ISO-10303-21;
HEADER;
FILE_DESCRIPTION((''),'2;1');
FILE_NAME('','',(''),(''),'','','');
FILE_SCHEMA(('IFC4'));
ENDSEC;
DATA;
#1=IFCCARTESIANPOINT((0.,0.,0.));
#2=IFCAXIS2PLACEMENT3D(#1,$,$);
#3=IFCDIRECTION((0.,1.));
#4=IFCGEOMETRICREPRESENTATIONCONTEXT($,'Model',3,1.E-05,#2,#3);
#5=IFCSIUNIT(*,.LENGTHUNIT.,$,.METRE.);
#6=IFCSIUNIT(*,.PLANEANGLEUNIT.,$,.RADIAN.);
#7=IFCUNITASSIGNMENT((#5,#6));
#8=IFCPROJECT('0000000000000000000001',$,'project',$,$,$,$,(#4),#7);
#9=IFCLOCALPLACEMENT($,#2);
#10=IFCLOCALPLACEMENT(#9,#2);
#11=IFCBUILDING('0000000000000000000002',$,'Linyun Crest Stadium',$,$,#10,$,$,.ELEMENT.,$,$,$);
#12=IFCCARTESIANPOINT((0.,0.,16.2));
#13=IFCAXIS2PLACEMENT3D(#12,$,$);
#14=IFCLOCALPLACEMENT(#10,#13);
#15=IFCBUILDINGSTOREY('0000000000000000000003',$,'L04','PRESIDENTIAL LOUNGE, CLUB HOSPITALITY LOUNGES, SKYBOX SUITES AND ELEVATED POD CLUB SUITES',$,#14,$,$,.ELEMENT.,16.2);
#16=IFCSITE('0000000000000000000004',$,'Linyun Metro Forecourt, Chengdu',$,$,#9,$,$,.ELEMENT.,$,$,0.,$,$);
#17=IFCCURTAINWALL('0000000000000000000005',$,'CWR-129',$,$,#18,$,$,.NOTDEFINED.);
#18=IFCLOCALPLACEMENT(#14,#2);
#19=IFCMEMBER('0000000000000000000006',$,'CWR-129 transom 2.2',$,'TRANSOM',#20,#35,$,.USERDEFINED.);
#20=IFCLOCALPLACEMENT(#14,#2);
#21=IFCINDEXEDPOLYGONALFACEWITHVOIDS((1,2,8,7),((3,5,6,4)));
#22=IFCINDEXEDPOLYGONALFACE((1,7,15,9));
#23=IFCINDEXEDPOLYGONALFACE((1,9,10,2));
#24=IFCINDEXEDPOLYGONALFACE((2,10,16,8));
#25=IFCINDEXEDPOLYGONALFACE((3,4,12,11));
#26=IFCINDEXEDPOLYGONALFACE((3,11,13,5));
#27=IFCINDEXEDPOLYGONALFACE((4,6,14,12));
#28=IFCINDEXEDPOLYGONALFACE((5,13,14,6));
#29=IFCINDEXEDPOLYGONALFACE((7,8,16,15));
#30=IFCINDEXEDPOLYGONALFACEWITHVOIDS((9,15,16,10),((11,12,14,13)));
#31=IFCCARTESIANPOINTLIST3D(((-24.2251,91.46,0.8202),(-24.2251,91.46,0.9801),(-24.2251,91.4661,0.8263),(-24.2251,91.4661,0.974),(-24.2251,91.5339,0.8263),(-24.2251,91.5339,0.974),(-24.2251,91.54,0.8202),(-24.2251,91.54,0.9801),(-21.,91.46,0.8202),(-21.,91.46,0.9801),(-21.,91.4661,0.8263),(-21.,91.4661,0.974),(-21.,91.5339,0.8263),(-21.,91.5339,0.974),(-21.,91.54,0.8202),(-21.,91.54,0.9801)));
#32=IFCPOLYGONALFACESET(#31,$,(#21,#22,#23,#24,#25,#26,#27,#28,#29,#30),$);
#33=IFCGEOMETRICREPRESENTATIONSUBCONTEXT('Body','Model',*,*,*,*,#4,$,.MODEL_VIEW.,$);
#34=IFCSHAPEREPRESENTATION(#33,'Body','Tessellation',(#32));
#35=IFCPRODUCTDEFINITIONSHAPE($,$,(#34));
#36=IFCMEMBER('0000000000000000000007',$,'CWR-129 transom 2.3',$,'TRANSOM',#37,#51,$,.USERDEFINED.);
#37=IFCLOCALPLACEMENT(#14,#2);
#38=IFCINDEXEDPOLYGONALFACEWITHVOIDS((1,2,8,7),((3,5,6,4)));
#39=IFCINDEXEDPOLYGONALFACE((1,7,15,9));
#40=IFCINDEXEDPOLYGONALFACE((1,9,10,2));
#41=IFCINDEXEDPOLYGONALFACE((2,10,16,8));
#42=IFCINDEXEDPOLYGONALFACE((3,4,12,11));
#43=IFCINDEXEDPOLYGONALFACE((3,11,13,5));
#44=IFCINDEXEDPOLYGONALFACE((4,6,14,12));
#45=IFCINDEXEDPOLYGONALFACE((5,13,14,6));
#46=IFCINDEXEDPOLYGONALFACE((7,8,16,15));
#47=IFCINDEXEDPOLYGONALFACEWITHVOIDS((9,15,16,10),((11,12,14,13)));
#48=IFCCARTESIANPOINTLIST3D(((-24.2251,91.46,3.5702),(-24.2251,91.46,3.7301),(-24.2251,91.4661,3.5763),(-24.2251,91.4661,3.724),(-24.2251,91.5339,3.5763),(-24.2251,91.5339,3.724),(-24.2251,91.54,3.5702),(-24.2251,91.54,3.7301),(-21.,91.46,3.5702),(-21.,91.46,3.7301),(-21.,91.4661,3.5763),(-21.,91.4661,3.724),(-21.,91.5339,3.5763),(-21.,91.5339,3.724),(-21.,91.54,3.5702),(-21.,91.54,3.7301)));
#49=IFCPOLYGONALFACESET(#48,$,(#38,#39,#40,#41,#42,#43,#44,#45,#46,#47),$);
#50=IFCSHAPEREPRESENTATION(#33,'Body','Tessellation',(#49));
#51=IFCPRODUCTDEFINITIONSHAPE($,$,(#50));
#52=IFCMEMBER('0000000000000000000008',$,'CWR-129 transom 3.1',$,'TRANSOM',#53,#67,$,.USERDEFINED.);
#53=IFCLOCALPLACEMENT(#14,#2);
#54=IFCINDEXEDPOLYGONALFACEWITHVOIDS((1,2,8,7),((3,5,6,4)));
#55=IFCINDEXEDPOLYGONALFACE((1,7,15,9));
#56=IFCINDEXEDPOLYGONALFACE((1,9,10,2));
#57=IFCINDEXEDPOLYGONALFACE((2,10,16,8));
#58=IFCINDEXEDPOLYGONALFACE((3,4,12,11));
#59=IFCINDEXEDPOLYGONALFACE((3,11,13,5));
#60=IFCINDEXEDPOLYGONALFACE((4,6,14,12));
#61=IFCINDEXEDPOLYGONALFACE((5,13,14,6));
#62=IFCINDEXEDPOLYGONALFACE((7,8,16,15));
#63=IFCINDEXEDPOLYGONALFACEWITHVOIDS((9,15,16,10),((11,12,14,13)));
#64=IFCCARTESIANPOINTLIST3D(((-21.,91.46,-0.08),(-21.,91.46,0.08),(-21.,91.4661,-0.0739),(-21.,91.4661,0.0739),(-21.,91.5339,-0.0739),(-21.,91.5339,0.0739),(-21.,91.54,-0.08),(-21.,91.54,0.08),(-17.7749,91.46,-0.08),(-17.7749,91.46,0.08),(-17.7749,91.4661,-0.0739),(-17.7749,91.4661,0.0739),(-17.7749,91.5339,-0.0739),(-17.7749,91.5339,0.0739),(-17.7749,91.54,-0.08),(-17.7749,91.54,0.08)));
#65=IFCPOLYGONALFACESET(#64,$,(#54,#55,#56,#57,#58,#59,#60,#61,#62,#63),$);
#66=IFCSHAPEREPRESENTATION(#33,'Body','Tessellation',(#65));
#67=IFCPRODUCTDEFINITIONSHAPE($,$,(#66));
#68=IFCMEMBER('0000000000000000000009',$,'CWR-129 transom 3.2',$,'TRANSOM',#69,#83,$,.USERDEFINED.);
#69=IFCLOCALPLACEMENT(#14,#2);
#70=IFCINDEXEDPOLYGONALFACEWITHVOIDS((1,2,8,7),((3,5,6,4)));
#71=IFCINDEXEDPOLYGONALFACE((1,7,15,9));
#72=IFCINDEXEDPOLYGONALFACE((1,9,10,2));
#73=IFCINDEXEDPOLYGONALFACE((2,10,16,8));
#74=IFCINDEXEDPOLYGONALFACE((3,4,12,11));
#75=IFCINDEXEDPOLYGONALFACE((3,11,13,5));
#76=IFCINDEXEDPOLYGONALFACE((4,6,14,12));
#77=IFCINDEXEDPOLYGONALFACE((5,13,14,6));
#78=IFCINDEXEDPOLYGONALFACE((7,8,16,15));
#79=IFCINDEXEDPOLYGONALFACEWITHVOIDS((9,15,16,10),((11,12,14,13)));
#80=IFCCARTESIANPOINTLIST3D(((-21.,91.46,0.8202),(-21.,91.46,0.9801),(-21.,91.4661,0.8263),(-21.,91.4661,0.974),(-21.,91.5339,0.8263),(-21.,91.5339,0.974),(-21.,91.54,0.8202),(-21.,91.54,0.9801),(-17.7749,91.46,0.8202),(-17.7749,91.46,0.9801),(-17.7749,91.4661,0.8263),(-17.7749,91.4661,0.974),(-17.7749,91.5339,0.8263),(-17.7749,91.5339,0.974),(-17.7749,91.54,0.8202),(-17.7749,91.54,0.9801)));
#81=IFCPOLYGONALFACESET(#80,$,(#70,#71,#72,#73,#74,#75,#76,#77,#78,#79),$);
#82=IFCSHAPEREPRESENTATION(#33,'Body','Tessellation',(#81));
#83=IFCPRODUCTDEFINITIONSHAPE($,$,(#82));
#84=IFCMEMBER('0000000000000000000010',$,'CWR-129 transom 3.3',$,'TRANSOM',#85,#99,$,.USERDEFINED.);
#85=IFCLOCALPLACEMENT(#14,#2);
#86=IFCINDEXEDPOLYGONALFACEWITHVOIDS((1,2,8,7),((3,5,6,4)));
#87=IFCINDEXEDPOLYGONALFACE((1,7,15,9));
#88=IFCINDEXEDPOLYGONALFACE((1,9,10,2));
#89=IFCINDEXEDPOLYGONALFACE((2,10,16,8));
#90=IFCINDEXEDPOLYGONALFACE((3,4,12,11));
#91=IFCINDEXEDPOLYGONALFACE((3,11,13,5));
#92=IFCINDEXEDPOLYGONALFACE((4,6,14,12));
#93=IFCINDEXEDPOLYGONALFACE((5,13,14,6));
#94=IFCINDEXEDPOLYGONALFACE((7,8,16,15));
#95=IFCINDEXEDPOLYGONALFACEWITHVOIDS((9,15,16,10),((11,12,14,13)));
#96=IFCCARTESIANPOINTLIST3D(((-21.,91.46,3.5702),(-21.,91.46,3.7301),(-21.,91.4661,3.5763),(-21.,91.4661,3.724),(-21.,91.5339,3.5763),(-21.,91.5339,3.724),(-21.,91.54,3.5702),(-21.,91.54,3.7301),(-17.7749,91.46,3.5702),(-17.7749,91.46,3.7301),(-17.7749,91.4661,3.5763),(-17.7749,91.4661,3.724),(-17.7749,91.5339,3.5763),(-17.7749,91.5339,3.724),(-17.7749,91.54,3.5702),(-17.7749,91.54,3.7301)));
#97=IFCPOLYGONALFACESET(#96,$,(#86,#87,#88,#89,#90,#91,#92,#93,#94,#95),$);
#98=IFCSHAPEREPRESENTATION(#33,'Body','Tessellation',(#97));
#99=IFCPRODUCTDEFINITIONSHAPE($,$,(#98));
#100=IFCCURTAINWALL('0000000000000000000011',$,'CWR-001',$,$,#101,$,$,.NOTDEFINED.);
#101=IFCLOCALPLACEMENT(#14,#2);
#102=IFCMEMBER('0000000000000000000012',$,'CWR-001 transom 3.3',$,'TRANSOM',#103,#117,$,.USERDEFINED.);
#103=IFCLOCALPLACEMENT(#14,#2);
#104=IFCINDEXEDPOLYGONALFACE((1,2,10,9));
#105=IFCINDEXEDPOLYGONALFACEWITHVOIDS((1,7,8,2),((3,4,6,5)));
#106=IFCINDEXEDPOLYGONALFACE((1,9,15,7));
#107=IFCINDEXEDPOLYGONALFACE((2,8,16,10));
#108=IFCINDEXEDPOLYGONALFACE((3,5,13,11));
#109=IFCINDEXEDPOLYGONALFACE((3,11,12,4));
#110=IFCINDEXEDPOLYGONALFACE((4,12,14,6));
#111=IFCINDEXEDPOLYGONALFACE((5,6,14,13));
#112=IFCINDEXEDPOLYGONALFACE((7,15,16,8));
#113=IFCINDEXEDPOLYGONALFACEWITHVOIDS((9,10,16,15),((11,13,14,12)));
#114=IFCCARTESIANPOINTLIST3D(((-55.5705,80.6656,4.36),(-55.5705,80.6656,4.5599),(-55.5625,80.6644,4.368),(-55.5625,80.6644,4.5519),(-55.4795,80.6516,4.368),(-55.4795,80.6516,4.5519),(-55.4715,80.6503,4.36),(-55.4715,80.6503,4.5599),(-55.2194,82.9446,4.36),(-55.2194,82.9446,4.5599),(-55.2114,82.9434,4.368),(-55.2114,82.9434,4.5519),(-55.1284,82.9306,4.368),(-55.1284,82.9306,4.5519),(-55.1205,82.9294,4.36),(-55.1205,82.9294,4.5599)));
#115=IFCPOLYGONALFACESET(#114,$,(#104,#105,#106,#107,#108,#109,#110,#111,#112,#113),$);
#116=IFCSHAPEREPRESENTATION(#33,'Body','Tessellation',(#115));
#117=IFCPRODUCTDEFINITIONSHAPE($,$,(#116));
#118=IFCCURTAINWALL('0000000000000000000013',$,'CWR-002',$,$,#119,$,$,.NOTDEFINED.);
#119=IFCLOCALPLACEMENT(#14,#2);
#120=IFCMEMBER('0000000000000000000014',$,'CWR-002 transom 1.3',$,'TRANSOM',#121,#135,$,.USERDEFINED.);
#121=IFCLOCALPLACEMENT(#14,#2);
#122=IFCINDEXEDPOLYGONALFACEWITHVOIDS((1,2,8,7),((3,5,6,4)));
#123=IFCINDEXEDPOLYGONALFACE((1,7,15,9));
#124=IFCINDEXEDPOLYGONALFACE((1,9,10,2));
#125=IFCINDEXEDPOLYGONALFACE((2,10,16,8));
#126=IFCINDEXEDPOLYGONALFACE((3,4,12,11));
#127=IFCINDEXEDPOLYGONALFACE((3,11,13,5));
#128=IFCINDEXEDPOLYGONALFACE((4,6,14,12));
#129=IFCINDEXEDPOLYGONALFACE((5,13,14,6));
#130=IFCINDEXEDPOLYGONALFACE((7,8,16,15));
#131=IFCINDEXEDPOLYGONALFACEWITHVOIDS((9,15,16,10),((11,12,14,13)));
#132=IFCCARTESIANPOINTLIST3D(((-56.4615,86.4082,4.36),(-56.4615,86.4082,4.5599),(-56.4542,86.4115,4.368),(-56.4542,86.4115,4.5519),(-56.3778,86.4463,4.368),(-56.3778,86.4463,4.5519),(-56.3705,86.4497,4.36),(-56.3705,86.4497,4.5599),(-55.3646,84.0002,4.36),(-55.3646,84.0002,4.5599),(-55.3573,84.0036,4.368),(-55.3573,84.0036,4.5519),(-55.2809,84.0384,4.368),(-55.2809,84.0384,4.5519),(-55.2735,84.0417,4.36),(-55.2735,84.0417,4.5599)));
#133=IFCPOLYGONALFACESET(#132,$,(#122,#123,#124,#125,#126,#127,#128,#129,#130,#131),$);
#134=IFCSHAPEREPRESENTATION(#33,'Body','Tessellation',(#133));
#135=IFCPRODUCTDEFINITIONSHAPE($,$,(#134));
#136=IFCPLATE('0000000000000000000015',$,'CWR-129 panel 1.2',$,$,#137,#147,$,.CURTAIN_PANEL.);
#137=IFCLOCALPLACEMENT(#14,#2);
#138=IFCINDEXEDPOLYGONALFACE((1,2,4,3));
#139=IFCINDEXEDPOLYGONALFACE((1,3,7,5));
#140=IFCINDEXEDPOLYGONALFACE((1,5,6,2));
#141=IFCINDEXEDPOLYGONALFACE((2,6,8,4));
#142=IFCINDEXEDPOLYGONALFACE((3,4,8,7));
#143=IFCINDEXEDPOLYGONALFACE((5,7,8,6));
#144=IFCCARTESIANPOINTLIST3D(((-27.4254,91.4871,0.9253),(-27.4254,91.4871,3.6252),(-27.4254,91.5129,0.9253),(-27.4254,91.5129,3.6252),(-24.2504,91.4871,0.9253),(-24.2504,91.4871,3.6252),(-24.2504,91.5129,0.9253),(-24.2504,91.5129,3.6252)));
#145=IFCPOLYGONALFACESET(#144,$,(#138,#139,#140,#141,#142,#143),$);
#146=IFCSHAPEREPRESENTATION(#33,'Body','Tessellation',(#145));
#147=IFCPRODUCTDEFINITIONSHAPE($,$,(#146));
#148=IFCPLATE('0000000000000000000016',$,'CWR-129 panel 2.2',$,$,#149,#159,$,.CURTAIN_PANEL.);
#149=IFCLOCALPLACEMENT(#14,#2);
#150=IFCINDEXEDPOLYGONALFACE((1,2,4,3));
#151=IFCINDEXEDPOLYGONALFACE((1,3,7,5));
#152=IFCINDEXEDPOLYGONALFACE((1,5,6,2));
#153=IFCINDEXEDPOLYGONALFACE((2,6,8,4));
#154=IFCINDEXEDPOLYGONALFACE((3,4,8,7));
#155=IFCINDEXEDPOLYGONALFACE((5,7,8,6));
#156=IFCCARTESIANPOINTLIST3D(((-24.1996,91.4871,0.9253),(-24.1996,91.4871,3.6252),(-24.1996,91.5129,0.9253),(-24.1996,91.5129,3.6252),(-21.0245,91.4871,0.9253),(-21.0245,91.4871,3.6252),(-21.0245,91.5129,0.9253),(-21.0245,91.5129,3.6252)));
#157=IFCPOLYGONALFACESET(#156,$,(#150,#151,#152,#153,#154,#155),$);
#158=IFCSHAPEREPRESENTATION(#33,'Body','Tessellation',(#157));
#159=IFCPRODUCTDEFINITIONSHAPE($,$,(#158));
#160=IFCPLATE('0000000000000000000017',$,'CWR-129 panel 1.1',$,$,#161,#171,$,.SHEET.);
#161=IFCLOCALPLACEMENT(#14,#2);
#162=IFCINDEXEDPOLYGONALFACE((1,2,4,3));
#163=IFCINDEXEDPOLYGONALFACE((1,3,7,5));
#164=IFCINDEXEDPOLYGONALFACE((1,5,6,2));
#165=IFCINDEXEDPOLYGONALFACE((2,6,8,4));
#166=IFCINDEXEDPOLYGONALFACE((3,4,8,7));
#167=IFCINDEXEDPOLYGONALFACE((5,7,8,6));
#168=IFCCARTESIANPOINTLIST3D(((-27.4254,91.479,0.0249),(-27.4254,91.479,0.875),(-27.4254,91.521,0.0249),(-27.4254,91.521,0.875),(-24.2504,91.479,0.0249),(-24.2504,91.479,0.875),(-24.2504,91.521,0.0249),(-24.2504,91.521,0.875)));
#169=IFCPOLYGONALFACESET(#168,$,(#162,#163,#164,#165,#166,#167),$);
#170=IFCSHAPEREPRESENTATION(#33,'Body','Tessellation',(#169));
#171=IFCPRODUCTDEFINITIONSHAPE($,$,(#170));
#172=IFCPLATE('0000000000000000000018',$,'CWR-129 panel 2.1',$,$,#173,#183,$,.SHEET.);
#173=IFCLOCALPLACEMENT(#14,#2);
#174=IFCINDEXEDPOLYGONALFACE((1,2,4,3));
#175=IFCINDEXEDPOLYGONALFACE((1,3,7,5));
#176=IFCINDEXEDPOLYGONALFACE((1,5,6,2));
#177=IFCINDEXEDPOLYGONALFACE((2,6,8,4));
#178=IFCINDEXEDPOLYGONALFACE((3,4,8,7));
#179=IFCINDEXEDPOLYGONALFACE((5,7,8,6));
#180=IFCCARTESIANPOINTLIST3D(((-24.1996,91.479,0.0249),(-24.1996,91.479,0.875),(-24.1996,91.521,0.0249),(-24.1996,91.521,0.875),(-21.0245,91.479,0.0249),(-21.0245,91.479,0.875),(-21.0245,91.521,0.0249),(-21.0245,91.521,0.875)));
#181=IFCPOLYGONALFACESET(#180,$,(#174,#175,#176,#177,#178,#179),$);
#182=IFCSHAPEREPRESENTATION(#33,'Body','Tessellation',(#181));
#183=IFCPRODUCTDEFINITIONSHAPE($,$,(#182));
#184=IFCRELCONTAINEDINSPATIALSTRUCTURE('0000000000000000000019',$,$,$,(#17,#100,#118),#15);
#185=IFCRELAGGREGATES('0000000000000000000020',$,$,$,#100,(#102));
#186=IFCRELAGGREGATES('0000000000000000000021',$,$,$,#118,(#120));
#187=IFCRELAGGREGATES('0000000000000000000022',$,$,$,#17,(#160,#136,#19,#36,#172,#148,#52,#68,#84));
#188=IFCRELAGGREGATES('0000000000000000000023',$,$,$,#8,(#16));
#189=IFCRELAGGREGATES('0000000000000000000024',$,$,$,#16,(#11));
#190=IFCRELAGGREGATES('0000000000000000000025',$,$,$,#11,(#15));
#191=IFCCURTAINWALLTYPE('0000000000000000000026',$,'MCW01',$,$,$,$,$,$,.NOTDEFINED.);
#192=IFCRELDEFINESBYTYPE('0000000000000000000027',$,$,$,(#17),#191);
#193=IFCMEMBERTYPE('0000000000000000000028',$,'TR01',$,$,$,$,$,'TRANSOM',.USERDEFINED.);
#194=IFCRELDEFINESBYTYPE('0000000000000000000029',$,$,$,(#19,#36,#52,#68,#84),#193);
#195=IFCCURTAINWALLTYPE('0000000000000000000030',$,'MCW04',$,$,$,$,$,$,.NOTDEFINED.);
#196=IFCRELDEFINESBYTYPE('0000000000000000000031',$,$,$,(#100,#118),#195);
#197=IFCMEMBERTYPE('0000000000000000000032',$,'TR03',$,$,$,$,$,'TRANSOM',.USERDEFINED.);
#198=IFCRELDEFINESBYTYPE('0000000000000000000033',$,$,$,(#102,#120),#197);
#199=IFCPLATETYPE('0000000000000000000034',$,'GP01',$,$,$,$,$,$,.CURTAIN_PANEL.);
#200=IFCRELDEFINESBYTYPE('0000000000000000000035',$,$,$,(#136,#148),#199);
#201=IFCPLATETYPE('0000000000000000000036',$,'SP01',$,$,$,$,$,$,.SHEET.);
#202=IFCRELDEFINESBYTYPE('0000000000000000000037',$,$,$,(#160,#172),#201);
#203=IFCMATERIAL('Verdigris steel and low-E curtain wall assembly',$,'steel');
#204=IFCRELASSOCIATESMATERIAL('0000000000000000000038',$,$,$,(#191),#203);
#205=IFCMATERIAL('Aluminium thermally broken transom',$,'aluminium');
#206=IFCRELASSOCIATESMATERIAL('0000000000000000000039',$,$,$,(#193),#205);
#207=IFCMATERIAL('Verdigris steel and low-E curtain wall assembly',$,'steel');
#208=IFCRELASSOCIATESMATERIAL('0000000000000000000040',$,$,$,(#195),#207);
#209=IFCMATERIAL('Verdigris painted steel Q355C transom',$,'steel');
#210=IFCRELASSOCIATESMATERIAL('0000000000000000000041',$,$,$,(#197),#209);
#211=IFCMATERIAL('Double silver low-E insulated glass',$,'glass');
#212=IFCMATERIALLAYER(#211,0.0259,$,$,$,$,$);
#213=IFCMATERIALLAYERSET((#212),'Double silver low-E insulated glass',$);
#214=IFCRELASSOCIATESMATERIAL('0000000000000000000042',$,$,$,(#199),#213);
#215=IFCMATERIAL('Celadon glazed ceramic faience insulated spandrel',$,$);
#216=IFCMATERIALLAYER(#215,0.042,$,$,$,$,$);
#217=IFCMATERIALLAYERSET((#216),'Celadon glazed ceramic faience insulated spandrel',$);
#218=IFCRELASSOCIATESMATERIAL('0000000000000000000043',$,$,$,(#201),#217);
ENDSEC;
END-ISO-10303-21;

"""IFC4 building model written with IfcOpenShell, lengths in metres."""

from ifc_helpers import new_model, si_unit, direction, frame, origin, origin_2d, place, context, subcontext, project, spatial, rectangle, hollow_rectangle, extrude, material, layer, layer_set, material_profile, profile_set, type_object, element, aggregate, save


model = new_model("IFC4")

# Units and contexts
model_context = context("Model", 3, precision=1e-05, world=origin(), true_north=direction((0.0, 1.0)))
body_context = subcontext(model_context, "Body", "Model", "MODEL_VIEW")
ifc_project = project(units=[si_unit("LENGTHUNIT", "METRE"), si_unit("PLANEANGLEUNIT", "RADIAN")], contexts=[model_context])

# Site, building, storey
site_placement = place(None, origin())
site = spatial("IfcSite", under=ifc_project, at=site_placement, Name="Linyun Metro Forecourt, Chengdu", CompositionType="ELEMENT", RefElevation=0.0)
building_placement = place(site_placement, origin())
building = spatial("IfcBuilding", under=site, at=building_placement, Name="Linyun Crest Stadium", CompositionType="ELEMENT")
storey_placement = place(building_placement, frame((0.0, 0.0, 16.2)))
storey = spatial("IfcBuildingStorey", under=building, at=storey_placement, Name="L04", Description="PRESIDENTIAL LOUNGE, CLUB HOSPITALITY LOUNGES, SKYBOX SUITES AND ELEVATED POD CLUB SUITES", CompositionType="ELEMENT", Elevation=16.2)

# Curtain wall
ifc_material_1 = material(Name="Verdigris steel and low-E curtain wall assembly", Category="steel")
curtain_wall_type_1 = type_object("IfcCurtainWallType", Name="MCW01", PredefinedType="NOTDEFINED", material=ifc_material_1)
curtain_wall_1_placement = place(storey_placement, origin())
curtain_wall_1 = element("IfcCurtainWall", 1, at=curtain_wall_1_placement, inside=storey, type_object=curtain_wall_type_1, Name="CWR-129", PredefinedType="NOTDEFINED")

# Members
ifc_material_2 = material(Name="Aluminium thermally broken transom", Category="aluminium")
ifc_material_profile_1 = material_profile(ifc_material_2, hollow_rectangle(XDim=0.0801, YDim=0.1599, WallThickness=0.0061, at=origin_2d()), Name="RHS 160x80x6")
ifc_profile_set_1 = profile_set([ifc_material_profile_1], Name="Aluminium thermally broken transom")
member_type_1 = type_object("IfcMemberType", Name="TR01", ElementType="TRANSOM", PredefinedType="USERDEFINED", material=ifc_profile_set_1)
member_1_placement = place(storey_placement, frame((-24.2251, 91.5, 0.9001), z_axis=(1.0, 0.0, 0.0), x_axis=(0.0, 1.0, 0.0)))
member_1 = element("IfcMember", 2, at=member_1_placement, type_object=member_type_1, Name="CWR-129 transom 2.2", ObjectType="TRANSOM", PredefinedType="USERDEFINED", context=body_context, shape_type="SweptSolid", body=[
    extrude(hollow_rectangle(XDim=0.0801, YDim=0.1599, WallThickness=0.0061, at=origin_2d()), origin(), (0.0, 0.0, 1.0), 3.2251),
])
member_2_placement = place(storey_placement, frame((-24.2251, 91.5, 3.6501), z_axis=(1.0, 0.0, 0.0), x_axis=(0.0, 1.0, 0.0)))
member_2 = element("IfcMember", 3, at=member_2_placement, type_object=member_type_1, Name="CWR-129 transom 2.3", ObjectType="TRANSOM", PredefinedType="USERDEFINED", context=body_context, shape_type="SweptSolid", body=[
    extrude(hollow_rectangle(XDim=0.0801, YDim=0.1599, WallThickness=0.0061, at=origin_2d()), origin(), (0.0, 0.0, 1.0), 3.2251),
])
member_3_placement = place(storey_placement, frame((-21.0, 91.5, 0.0), z_axis=(1.0, 0.0, 0.0), x_axis=(0.0, 1.0, 0.0)))
member_3 = element("IfcMember", 4, at=member_3_placement, type_object=member_type_1, Name="CWR-129 transom 3.1", ObjectType="TRANSOM", PredefinedType="USERDEFINED", context=body_context, shape_type="SweptSolid", body=[
    extrude(hollow_rectangle(XDim=0.0801, YDim=0.1599, WallThickness=0.0061, at=origin_2d()), origin(), (0.0, 0.0, 1.0), 3.2251),
])
member_4_placement = place(storey_placement, frame((-21.0, 91.5, 0.9001), z_axis=(1.0, 0.0, 0.0), x_axis=(0.0, 1.0, 0.0)))
member_4 = element("IfcMember", 5, at=member_4_placement, type_object=member_type_1, Name="CWR-129 transom 3.2", ObjectType="TRANSOM", PredefinedType="USERDEFINED", context=body_context, shape_type="SweptSolid", body=[
    extrude(hollow_rectangle(XDim=0.0801, YDim=0.1599, WallThickness=0.0061, at=origin_2d()), origin(), (0.0, 0.0, 1.0), 3.2251),
])
member_5_placement = place(storey_placement, frame((-21.0, 91.5, 3.6501), z_axis=(1.0, 0.0, 0.0), x_axis=(0.0, 1.0, 0.0)))
member_5 = element("IfcMember", 6, at=member_5_placement, type_object=member_type_1, Name="CWR-129 transom 3.3", ObjectType="TRANSOM", PredefinedType="USERDEFINED", context=body_context, shape_type="SweptSolid", body=[
    extrude(hollow_rectangle(XDim=0.0801, YDim=0.1599, WallThickness=0.0061, at=origin_2d()), origin(), (0.0, 0.0, 1.0), 3.2251),
])

# Curtain walls, members
ifc_material_3 = material(Name="Verdigris steel and low-E curtain wall assembly", Category="steel")
curtain_wall_type_2 = type_object("IfcCurtainWallType", Name="MCW04", PredefinedType="NOTDEFINED", material=ifc_material_3)
curtain_wall_2_placement = place(storey_placement, origin())
curtain_wall_2 = element("IfcCurtainWall", 7, at=curtain_wall_2_placement, inside=storey, type_object=curtain_wall_type_2, Name="CWR-001", PredefinedType="NOTDEFINED")
ifc_material_4 = material(Name="Verdigris painted steel Q355C transom", Category="steel")
ifc_material_profile_2 = material_profile(ifc_material_4, hollow_rectangle(XDim=0.1001, YDim=0.2, WallThickness=0.0081, at=origin_2d()), Name="RHS 200x100x8")
ifc_profile_set_2 = profile_set([ifc_material_profile_2], Name="Verdigris painted steel Q355C transom")
member_type_2 = type_object("IfcMemberType", Name="TR03", ElementType="TRANSOM", PredefinedType="USERDEFINED", material=ifc_profile_set_2)
member_6_placement = place(storey_placement, frame((-55.521, 80.658, 4.46), z_axis=(0.152248, 0.988342, 0.0), x_axis=(-0.988342, 0.152248, 0.0)))
member_6 = element("IfcMember", 8, at=member_6_placement, type_object=member_type_2, Name="CWR-001 transom 3.3", ObjectType="TRANSOM", PredefinedType="USERDEFINED", context=body_context, shape_type="SweptSolid", body=[
    extrude(hollow_rectangle(XDim=0.1001, YDim=0.2, WallThickness=0.0081, at=origin_2d()), origin(), (0.0, 0.0, 1.0), 2.3059),
])
aggregate(curtain_wall_2, [member_6])
curtain_wall_3_placement = place(storey_placement, origin())
curtain_wall_3 = element("IfcCurtainWall", 9, at=curtain_wall_3_placement, inside=storey, type_object=curtain_wall_type_2, Name="CWR-002", PredefinedType="NOTDEFINED")
member_7_placement = place(storey_placement, frame((-55.3191, 84.021, 4.46), z_axis=(-0.414554, 0.910025, 0.0), x_axis=(-0.910025, -0.414554, 0.0)))
member_7 = element("IfcMember", 10, at=member_7_placement, type_object=member_type_2, Name="CWR-002 transom 1.3", ObjectType="TRANSOM", PredefinedType="USERDEFINED", context=body_context, shape_type="SweptSolid", body=[
    extrude(hollow_rectangle(XDim=0.1001, YDim=0.2, WallThickness=0.0081, at=origin_2d()), origin(), (0.0, 0.0, 1.0), 2.646),
])
aggregate(curtain_wall_3, [member_7])

# Plates
ifc_material_5 = material(Name="Double silver low-E insulated glass", Category="glass")
ifc_layer_1 = layer(ifc_material_5, 0.0259)
ifc_layer_set_1 = layer_set([ifc_layer_1], Name="Double silver low-E insulated glass")
plate_type_1 = type_object("IfcPlateType", Name="GP01", PredefinedType="CURTAIN_PANEL", material=ifc_layer_set_1)
plate_1_placement = place(storey_placement, frame((-25.8379, 91.5, 0.9253), z_axis=(0.0, 0.0, 1.0), x_axis=(1.0, 0.0, 0.0)))
plate_1 = element("IfcPlate", 11, at=plate_1_placement, type_object=plate_type_1, Name="CWR-129 panel 1.2", PredefinedType="CURTAIN_PANEL", context=body_context, shape_type="SweptSolid", body=[
    extrude(rectangle(XDim=3.175, YDim=0.0259, at=origin_2d()), origin(), (0.0, 0.0, 1.0), 2.7),
])
plate_2_placement = place(storey_placement, frame((-22.6121, 91.5, 0.9253), z_axis=(0.0, 0.0, 1.0), x_axis=(1.0, 0.0, 0.0)))
plate_2 = element("IfcPlate", 12, at=plate_2_placement, type_object=plate_type_1, Name="CWR-129 panel 2.2", PredefinedType="CURTAIN_PANEL", context=body_context, shape_type="SweptSolid", body=[
    extrude(rectangle(XDim=3.175, YDim=0.0259, at=origin_2d()), origin(), (0.0, 0.0, 1.0), 2.7),
])
ifc_material_6 = material(Name="Celadon glazed ceramic faience insulated spandrel")
ifc_layer_2 = layer(ifc_material_6, 0.042)
ifc_layer_set_2 = layer_set([ifc_layer_2], Name="Celadon glazed ceramic faience insulated spandrel")
plate_type_2 = type_object("IfcPlateType", Name="SP01", PredefinedType="SHEET", material=ifc_layer_set_2)
plate_3_placement = place(storey_placement, frame((-25.8379, 91.5, 0.0249), z_axis=(0.0, 0.0, 1.0), x_axis=(1.0, 0.0, 0.0)))
plate_3 = element("IfcPlate", 13, at=plate_3_placement, type_object=plate_type_2, Name="CWR-129 panel 1.1", PredefinedType="SHEET", context=body_context, shape_type="SweptSolid", body=[
    extrude(rectangle(XDim=3.175, YDim=0.042, at=origin_2d()), origin(), (0.0, 0.0, 1.0), 0.8501),
])
plate_4_placement = place(storey_placement, frame((-22.6121, 91.5, 0.0249), z_axis=(0.0, 0.0, 1.0), x_axis=(1.0, 0.0, 0.0)))
plate_4 = element("IfcPlate", 14, at=plate_4_placement, type_object=plate_type_2, Name="CWR-129 panel 2.1", PredefinedType="SHEET", context=body_context, shape_type="SweptSolid", body=[
    extrude(rectangle(XDim=3.175, YDim=0.042, at=origin_2d()), origin(), (0.0, 0.0, 1.0), 0.8501),
])
aggregate(curtain_wall_1, [plate_3, plate_1, member_1, member_2, plate_4, plate_2, member_3, member_4, member_5])

save(model, "model.ifc")
